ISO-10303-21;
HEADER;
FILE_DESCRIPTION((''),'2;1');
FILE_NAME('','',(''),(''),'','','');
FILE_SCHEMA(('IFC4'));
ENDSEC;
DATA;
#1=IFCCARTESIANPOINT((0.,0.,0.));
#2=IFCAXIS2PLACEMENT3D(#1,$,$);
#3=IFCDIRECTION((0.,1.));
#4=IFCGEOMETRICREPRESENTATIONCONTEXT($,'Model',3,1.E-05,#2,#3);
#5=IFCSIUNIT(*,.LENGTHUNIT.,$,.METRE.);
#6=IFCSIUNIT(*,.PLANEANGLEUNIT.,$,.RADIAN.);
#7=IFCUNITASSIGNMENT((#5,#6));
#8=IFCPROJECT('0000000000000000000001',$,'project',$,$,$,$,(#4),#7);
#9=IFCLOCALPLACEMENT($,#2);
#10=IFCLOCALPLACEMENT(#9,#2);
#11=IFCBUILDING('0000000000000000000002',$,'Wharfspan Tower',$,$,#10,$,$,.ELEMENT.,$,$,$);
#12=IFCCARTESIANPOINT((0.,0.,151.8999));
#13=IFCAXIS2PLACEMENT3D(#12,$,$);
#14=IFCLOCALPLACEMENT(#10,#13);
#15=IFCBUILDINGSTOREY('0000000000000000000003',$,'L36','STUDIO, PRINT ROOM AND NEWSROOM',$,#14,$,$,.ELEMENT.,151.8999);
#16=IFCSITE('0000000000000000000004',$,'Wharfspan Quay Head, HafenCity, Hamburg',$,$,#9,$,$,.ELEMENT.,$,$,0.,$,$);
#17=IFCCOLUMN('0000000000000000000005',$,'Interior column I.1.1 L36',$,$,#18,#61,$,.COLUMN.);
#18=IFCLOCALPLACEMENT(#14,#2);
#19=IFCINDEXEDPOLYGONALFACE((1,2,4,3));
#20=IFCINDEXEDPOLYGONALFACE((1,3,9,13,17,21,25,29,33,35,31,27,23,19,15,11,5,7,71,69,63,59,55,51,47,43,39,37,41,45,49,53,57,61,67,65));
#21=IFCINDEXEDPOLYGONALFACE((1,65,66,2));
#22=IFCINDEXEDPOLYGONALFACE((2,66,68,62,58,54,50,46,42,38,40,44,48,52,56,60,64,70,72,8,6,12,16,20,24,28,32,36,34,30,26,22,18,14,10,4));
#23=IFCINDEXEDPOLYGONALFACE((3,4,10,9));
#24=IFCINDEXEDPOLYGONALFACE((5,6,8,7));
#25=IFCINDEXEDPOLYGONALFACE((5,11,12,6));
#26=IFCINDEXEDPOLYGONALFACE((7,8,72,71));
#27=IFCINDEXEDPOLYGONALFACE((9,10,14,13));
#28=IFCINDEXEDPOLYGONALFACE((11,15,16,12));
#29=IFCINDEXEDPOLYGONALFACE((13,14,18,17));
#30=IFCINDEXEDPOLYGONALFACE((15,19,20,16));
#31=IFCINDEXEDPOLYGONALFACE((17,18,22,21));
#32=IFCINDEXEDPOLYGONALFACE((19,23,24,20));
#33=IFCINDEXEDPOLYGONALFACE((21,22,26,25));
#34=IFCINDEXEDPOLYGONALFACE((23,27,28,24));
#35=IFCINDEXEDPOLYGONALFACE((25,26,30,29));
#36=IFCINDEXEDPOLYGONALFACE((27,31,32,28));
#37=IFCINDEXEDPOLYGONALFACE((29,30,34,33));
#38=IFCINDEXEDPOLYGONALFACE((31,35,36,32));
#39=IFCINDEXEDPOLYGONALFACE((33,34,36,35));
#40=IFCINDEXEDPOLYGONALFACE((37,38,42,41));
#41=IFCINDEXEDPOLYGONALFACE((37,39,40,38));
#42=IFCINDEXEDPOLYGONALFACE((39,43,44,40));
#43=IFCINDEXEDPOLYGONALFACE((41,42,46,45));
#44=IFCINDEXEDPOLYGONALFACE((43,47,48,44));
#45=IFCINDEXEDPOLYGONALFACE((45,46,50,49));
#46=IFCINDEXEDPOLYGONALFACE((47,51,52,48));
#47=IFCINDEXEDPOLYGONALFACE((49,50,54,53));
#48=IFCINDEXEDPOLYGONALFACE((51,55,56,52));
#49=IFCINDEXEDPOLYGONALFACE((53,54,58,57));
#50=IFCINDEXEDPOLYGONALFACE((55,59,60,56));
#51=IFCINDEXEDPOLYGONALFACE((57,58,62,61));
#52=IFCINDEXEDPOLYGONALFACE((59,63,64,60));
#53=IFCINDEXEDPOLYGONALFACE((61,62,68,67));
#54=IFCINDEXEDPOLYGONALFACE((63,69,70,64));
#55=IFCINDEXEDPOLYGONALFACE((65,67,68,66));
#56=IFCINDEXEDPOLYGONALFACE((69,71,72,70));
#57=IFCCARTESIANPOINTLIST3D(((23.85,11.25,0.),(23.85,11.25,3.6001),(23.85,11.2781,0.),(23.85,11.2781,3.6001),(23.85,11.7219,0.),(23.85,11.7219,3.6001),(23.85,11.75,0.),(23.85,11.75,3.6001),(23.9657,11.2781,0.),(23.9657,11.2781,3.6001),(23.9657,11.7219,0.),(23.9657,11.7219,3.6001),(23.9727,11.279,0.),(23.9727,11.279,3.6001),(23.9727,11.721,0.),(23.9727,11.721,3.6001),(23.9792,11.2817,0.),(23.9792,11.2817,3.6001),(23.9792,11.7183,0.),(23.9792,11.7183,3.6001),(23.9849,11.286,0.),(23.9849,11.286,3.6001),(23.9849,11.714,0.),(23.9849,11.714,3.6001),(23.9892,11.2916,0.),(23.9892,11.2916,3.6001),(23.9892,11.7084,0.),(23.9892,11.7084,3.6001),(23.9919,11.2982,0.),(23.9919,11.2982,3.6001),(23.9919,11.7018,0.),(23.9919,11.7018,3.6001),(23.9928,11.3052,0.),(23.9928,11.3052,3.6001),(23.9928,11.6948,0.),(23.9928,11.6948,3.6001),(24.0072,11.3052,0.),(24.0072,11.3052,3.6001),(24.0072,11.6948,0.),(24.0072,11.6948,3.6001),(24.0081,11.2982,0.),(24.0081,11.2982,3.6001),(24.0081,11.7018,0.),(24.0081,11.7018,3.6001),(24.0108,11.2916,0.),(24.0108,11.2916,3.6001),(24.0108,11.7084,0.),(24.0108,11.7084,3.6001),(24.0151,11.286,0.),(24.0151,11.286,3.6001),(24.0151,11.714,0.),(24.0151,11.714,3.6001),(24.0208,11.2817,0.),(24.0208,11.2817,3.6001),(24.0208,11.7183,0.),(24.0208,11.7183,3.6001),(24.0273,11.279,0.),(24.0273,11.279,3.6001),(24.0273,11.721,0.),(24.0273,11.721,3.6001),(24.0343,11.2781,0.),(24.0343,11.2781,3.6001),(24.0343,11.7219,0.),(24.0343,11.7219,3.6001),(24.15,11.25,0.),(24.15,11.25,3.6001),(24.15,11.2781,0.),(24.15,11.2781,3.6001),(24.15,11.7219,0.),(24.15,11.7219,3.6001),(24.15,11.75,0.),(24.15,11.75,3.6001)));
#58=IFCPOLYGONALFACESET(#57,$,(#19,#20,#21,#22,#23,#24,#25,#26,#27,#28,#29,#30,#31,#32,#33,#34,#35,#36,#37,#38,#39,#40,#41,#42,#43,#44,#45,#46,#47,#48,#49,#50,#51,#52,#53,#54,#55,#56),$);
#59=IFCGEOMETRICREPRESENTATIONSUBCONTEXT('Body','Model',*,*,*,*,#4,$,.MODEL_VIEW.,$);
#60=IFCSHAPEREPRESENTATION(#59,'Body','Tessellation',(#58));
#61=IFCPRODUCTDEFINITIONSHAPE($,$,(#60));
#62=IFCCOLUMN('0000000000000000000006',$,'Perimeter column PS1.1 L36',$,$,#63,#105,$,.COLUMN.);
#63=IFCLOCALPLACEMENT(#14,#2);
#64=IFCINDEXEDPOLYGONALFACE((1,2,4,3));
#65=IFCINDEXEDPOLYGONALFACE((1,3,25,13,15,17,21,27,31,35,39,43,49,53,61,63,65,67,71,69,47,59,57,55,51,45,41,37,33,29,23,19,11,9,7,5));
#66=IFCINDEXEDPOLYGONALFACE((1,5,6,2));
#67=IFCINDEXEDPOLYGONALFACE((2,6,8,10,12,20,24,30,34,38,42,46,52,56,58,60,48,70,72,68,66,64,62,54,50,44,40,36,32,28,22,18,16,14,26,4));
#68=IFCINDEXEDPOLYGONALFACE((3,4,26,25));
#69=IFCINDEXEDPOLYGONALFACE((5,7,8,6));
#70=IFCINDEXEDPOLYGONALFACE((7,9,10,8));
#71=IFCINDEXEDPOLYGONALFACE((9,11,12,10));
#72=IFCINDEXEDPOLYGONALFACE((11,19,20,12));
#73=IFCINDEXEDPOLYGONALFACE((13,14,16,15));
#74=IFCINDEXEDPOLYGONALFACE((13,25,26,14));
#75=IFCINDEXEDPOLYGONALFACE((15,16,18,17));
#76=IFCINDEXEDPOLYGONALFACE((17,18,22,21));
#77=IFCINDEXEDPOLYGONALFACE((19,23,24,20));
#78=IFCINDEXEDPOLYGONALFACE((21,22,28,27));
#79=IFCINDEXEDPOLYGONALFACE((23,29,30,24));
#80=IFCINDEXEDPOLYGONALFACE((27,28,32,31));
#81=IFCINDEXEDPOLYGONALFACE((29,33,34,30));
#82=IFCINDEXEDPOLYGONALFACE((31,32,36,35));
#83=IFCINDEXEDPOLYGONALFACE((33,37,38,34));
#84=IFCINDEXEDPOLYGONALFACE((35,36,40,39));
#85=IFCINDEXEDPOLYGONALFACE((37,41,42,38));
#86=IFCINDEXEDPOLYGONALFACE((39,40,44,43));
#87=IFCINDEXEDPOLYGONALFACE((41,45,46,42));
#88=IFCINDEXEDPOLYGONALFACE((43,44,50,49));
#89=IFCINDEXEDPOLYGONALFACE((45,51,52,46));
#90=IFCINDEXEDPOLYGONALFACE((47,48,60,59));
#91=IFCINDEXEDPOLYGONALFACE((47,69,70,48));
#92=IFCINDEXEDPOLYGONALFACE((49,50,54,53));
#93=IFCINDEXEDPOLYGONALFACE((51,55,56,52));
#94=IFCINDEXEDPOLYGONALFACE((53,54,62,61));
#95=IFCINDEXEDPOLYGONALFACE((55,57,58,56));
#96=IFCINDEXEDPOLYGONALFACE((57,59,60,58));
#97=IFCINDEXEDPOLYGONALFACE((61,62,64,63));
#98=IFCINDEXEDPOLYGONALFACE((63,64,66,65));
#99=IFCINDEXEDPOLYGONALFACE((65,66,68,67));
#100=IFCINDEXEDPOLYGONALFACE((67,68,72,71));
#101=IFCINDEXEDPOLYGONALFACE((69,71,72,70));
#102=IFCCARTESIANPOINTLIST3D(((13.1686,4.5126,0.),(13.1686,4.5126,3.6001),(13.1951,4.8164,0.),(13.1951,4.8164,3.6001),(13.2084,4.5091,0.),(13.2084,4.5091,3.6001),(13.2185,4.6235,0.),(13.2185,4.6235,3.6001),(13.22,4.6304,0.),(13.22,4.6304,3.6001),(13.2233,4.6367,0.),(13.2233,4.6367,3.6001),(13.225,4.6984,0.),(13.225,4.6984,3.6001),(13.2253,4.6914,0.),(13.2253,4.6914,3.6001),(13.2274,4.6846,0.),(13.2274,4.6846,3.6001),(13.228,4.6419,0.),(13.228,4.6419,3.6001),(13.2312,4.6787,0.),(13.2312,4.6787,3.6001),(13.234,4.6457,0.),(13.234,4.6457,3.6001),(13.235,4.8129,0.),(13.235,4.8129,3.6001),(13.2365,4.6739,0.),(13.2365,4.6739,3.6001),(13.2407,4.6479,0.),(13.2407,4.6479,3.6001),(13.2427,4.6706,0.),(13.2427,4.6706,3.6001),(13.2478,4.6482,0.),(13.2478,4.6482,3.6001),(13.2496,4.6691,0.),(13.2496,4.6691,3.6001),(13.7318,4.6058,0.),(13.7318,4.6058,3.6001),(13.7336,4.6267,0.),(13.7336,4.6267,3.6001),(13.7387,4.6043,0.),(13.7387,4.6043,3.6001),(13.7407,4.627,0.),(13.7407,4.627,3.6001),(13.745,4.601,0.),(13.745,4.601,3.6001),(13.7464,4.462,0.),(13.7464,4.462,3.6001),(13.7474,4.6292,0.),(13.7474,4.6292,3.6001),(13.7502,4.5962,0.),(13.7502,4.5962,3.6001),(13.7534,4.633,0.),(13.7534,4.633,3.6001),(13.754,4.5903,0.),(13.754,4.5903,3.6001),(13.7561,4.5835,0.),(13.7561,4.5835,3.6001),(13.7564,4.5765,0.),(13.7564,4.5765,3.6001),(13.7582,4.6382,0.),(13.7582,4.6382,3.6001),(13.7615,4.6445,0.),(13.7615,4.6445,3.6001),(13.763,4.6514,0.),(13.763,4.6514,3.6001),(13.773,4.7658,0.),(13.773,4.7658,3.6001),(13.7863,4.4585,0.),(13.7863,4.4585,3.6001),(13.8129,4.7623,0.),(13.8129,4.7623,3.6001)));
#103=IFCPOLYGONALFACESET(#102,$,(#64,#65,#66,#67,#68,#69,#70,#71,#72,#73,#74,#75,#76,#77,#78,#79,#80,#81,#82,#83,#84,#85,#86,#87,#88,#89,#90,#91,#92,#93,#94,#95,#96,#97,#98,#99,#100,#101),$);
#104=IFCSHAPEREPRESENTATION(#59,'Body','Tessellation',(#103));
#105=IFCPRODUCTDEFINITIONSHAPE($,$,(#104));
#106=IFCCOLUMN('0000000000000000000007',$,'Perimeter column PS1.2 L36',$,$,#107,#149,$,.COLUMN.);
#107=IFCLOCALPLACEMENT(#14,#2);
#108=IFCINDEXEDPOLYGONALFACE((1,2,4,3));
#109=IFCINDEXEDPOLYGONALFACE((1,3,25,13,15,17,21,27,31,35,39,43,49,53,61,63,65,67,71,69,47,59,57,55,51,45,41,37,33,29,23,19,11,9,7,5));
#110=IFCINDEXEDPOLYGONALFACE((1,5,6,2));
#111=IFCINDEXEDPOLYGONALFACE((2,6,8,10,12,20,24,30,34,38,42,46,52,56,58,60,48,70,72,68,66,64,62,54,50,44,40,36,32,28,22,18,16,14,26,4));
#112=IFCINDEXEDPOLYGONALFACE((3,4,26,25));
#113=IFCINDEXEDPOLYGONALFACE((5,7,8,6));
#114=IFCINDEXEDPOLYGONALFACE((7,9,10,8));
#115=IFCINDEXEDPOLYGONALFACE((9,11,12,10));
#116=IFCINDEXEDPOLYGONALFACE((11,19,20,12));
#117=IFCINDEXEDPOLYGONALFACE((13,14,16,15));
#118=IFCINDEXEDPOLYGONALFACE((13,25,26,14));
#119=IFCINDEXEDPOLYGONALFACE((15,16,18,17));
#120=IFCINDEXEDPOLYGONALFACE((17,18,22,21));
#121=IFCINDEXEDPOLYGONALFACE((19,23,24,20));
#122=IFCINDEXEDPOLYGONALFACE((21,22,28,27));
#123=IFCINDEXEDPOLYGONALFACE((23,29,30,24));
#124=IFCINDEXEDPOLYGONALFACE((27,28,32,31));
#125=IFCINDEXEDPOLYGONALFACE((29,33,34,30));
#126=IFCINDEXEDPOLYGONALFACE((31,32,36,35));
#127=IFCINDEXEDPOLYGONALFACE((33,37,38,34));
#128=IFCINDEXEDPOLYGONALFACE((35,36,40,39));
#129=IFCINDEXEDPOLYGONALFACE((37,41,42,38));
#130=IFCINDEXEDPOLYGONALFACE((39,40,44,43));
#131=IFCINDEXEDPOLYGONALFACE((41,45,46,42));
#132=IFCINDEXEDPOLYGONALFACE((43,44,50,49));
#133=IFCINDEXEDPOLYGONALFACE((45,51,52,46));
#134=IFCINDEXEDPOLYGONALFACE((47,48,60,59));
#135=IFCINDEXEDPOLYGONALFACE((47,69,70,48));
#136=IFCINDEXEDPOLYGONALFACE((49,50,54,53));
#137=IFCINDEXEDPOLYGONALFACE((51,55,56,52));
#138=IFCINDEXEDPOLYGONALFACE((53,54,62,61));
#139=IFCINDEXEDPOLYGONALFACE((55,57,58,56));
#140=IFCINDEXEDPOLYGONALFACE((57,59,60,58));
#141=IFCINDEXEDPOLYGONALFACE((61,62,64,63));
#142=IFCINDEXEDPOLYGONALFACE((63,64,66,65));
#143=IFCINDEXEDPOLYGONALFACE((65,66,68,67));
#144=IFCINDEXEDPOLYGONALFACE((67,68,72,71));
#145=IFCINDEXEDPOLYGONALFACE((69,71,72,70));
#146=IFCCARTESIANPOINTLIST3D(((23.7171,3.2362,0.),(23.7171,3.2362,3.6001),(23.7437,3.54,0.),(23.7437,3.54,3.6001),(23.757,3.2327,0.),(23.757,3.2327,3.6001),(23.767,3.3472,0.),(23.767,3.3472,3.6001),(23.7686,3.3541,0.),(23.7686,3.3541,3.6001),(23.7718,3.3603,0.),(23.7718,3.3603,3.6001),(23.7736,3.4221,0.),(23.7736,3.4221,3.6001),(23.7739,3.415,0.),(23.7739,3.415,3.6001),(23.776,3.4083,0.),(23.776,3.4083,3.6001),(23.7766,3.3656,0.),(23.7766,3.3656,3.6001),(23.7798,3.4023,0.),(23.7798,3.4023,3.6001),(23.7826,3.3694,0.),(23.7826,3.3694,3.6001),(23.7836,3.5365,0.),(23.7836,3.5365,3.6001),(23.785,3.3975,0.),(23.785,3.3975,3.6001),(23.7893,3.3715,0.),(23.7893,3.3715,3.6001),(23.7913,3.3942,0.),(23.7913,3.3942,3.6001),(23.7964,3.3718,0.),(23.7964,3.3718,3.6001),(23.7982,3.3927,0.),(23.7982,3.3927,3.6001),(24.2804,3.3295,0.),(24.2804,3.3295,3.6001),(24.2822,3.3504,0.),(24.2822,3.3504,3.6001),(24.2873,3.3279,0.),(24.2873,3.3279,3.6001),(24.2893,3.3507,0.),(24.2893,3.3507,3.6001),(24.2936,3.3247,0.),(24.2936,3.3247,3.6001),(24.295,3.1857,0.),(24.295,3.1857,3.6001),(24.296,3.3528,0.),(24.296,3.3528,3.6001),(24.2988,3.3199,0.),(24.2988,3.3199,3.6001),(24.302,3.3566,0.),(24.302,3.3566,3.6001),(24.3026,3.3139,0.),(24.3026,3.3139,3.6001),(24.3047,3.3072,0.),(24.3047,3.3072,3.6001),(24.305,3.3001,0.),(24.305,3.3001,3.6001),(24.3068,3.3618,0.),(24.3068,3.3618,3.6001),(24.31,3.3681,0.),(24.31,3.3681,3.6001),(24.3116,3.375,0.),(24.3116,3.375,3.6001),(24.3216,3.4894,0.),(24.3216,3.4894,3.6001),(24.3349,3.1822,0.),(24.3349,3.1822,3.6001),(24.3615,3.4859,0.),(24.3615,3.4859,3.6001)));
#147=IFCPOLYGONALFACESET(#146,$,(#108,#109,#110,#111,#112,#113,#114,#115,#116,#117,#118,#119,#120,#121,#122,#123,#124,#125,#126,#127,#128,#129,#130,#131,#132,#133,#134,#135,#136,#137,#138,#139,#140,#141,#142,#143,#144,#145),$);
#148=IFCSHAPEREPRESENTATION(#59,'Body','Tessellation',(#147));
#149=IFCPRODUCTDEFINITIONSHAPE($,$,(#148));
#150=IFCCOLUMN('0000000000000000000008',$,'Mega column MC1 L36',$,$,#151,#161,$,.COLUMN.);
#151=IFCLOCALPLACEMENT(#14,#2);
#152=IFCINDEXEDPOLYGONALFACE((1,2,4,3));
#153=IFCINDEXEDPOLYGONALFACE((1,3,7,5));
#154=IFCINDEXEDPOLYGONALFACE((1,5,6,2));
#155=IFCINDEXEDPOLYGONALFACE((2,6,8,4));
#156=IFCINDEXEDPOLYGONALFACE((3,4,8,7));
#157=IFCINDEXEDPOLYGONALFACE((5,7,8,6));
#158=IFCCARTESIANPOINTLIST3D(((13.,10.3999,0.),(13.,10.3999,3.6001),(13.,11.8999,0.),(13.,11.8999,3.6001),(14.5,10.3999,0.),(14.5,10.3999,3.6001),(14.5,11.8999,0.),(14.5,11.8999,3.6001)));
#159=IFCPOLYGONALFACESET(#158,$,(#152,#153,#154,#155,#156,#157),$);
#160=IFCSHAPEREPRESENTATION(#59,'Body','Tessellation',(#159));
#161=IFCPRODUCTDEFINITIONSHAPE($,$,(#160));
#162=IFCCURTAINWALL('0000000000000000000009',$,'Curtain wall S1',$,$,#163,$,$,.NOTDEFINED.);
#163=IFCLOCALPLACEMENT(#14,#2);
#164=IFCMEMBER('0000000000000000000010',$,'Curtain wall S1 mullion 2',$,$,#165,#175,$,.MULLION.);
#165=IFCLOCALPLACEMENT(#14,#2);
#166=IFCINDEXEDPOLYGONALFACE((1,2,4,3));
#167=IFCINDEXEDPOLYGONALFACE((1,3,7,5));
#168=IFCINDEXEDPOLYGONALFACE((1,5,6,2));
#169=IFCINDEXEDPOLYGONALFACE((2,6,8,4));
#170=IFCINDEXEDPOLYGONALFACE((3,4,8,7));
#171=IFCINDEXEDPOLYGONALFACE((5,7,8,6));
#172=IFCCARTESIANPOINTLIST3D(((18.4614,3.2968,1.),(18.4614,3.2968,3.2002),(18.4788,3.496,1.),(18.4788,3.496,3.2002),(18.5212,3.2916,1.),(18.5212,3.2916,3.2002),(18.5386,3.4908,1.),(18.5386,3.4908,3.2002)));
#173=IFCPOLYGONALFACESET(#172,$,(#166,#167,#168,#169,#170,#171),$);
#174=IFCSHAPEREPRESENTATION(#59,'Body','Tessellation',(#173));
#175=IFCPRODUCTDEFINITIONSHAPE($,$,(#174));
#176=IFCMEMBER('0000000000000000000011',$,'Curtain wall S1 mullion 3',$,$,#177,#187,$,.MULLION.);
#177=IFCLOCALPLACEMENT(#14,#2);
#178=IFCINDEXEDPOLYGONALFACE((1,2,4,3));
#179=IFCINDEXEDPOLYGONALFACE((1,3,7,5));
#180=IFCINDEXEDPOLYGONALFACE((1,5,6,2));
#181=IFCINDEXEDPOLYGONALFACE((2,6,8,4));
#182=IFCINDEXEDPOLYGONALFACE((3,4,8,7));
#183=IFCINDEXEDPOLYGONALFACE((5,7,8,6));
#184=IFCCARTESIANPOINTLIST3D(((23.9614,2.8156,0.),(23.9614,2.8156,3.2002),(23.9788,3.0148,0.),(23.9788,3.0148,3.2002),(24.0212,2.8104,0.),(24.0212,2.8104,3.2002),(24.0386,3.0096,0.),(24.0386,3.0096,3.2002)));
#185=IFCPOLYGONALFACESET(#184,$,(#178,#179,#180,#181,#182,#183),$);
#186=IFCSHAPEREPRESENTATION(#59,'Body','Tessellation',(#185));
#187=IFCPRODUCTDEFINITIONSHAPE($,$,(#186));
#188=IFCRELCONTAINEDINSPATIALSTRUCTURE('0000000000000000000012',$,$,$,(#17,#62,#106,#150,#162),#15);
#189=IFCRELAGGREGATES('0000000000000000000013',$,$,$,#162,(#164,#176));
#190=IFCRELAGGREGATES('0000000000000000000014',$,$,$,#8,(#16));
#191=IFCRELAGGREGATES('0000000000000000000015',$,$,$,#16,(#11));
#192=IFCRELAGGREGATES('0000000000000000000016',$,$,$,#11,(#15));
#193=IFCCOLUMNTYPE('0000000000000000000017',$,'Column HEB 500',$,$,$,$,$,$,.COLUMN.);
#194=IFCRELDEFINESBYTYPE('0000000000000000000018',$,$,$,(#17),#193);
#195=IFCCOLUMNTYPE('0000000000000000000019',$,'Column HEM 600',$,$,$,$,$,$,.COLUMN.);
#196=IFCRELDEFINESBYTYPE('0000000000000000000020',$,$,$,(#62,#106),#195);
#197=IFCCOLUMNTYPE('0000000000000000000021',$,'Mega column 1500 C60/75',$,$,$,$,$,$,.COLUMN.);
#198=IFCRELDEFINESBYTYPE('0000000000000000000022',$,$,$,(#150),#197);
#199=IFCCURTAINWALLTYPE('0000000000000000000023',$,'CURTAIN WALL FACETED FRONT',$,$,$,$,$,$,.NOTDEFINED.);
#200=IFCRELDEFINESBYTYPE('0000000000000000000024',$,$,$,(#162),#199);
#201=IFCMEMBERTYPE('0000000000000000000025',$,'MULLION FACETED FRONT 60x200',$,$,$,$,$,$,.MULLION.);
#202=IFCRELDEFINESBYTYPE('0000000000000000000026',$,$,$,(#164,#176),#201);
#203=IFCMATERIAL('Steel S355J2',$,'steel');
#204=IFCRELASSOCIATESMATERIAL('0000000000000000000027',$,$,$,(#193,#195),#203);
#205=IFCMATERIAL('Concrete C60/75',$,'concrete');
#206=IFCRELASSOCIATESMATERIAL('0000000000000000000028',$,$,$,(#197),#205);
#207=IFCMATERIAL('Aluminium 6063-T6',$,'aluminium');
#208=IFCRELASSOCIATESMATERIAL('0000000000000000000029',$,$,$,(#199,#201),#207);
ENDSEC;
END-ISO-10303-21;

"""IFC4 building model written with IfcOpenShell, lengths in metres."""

from ifc_helpers import new_model, si_unit, direction, frame, origin, origin_2d, place, context, subcontext, project, spatial, rectangle, i_section, extrude, material, material_profile, profile_set, type_object, element, aggregate, save


model = new_model("IFC4")

# Units and contexts
model_context = context("Model", 3, precision=1e-05, world=origin(), true_north=direction((0.0, 1.0)))
body_context = subcontext(model_context, "Body", "Model", "MODEL_VIEW")
ifc_project = project(units=[si_unit("LENGTHUNIT", "METRE"), si_unit("PLANEANGLEUNIT", "RADIAN")], contexts=[model_context])

# Site, building, storey
site_placement = place(None, origin())
site = spatial("IfcSite", under=ifc_project, at=site_placement, Name="Wharfspan Quay Head, HafenCity, Hamburg", CompositionType="ELEMENT", RefElevation=0.0)
building_placement = place(site_placement, origin())
building = spatial("IfcBuilding", under=site, at=building_placement, Name="Wharfspan Tower", CompositionType="ELEMENT")
storey_placement = place(building_placement, frame((0.0, 0.0, 151.8999)))
storey = spatial("IfcBuildingStorey", under=building, at=storey_placement, Name="L36", Description="STUDIO, PRINT ROOM AND NEWSROOM", CompositionType="ELEMENT", Elevation=151.8999)

# Columns
ifc_material_1 = material(Name="Steel S355J2", Category="steel")
ifc_material_profile_1 = material_profile(ifc_material_1, i_section(OverallWidth=0.3, OverallDepth=0.5, WebThickness=0.0144, FlangeThickness=0.0281, FilletRadius=0.0271, at=origin_2d()))
ifc_profile_set_1 = profile_set([ifc_material_profile_1], Name="Steel S355J2")
column_type_1 = type_object("IfcColumnType", Name="Column HEB 500", PredefinedType="COLUMN", material=ifc_profile_set_1)
column_1_placement = place(storey_placement, frame((24.0, 11.5, 0.0), z_axis=(0.0, 0.0, 1.0), x_axis=(1.0, 0.0, 0.0)))
element("IfcColumn", 1, at=column_1_placement, inside=storey, type_object=column_type_1, Name="Interior column I.1.1 L36", PredefinedType="COLUMN", context=body_context, shape_type="SweptSolid", body=[
    extrude(i_section(OverallWidth=0.3, OverallDepth=0.5, WebThickness=0.0144, FlangeThickness=0.0281, FilletRadius=0.0271, at=origin_2d()), origin(), (0.0, 0.0, 1.0), 3.6001),
])
ifc_material_profile_2 = material_profile(ifc_material_1, i_section(OverallWidth=0.3049, OverallDepth=0.6201, WebThickness=0.021, FlangeThickness=0.04, FilletRadius=0.0271, at=origin_2d()))
ifc_profile_set_2 = profile_set([ifc_material_profile_2], Name="Steel S355J2")
column_type_2 = type_object("IfcColumnType", Name="Column HEM 600", PredefinedType="COLUMN", material=ifc_profile_set_2)
for number, where, z_axis, x_axis, name in (
    (2, (13.4907, 4.6375, 0.0), (0.0, 0.0, 1.0), (-0.087156, -0.996198, 0.0), "Perimeter column PS1.1 L36"),
    (3, (24.0393, 3.3611, 0.0), (0.0, 0.0, 1.0), (-0.087156, -0.996198, 0.0), "Perimeter column PS1.2 L36"),
):
    element("IfcColumn", number, at=place(storey_placement, frame(where, z_axis=z_axis, x_axis=x_axis)), inside=storey, type_object=column_type_2, Name=name, PredefinedType="COLUMN", context=body_context, shape_type="SweptSolid", body=[
        extrude(i_section(OverallWidth=0.3049, OverallDepth=0.6201, WebThickness=0.021, FlangeThickness=0.04, FilletRadius=0.0271, at=origin_2d()), origin(), (0.0, 0.0, 1.0), 3.6001),
    ])
ifc_material_2 = material(Name="Concrete C60/75", Category="concrete")
ifc_material_profile_3 = material_profile(ifc_material_2, rectangle(XDim=1.5, YDim=1.5, at=origin_2d()))
ifc_profile_set_3 = profile_set([ifc_material_profile_3], Name="Concrete C60/75")
column_type_3 = type_object("IfcColumnType", Name="Mega column 1500 C60/75", PredefinedType="COLUMN", material=ifc_profile_set_3)
column_2_placement = place(storey_placement, frame((13.75, 11.1499, 0.0), z_axis=(0.0, 0.0, 1.0), x_axis=(1.0, 0.0, 0.0)))
element("IfcColumn", 4, at=column_2_placement, inside=storey, type_object=column_type_3, Name="Mega column MC1 L36", PredefinedType="COLUMN", context=body_context, shape_type="SweptSolid", body=[
    extrude(rectangle(XDim=1.5, YDim=1.5, at=origin_2d()), origin(), (0.0, 0.0, 1.0), 3.6001),
])

# Curtain wall, members
ifc_material_3 = material(Name="Aluminium 6063-T6", Category="aluminium")
curtain_wall_type_1 = type_object("IfcCurtainWallType", Name="CURTAIN WALL FACETED FRONT", PredefinedType="NOTDEFINED", material=ifc_material_3)
curtain_wall_1_placement = place(storey_placement, origin())
curtain_wall_1 = element("IfcCurtainWall", 5, at=curtain_wall_1_placement, inside=storey, type_object=curtain_wall_type_1, Name="Curtain wall S1", PredefinedType="NOTDEFINED")
ifc_material_profile_4 = material_profile(ifc_material_3, rectangle(XDim=0.2, YDim=0.0601, at=origin_2d()))
ifc_profile_set_4 = profile_set([ifc_material_profile_4], Name="Aluminium 6063-T6")
member_type_1 = type_object("IfcMemberType", Name="MULLION FACETED FRONT 60x200", PredefinedType="MULLION", material=ifc_profile_set_4)
member_1_placement = place(storey_placement, frame((18.5, 3.3938, 1.0), z_axis=(0.0, 0.0, 1.0), x_axis=(0.087156, 0.996198, 0.0)))
member_1 = element("IfcMember", 6, at=member_1_placement, type_object=member_type_1, Name="Curtain wall S1 mullion 2", PredefinedType="MULLION", context=body_context, shape_type="SweptSolid", body=[
    extrude(rectangle(XDim=0.2, YDim=0.0601, at=origin_2d()), origin(), (0.0, 0.0, 1.0), 2.2002),
])
member_2_placement = place(storey_placement, frame((24.0, 2.9126, 0.0), z_axis=(0.0, 0.0, 1.0), x_axis=(0.087156, 0.996198, 0.0)))
member_2 = element("IfcMember", 7, at=member_2_placement, type_object=member_type_1, Name="Curtain wall S1 mullion 3", PredefinedType="MULLION", context=body_context, shape_type="SweptSolid", body=[
    extrude(rectangle(XDim=0.2, YDim=0.0601, at=origin_2d()), origin(), (0.0, 0.0, 1.0), 3.2002),
])

aggregate(curtain_wall_1, [member_1, member_2])

save(model, "model.ifc")
